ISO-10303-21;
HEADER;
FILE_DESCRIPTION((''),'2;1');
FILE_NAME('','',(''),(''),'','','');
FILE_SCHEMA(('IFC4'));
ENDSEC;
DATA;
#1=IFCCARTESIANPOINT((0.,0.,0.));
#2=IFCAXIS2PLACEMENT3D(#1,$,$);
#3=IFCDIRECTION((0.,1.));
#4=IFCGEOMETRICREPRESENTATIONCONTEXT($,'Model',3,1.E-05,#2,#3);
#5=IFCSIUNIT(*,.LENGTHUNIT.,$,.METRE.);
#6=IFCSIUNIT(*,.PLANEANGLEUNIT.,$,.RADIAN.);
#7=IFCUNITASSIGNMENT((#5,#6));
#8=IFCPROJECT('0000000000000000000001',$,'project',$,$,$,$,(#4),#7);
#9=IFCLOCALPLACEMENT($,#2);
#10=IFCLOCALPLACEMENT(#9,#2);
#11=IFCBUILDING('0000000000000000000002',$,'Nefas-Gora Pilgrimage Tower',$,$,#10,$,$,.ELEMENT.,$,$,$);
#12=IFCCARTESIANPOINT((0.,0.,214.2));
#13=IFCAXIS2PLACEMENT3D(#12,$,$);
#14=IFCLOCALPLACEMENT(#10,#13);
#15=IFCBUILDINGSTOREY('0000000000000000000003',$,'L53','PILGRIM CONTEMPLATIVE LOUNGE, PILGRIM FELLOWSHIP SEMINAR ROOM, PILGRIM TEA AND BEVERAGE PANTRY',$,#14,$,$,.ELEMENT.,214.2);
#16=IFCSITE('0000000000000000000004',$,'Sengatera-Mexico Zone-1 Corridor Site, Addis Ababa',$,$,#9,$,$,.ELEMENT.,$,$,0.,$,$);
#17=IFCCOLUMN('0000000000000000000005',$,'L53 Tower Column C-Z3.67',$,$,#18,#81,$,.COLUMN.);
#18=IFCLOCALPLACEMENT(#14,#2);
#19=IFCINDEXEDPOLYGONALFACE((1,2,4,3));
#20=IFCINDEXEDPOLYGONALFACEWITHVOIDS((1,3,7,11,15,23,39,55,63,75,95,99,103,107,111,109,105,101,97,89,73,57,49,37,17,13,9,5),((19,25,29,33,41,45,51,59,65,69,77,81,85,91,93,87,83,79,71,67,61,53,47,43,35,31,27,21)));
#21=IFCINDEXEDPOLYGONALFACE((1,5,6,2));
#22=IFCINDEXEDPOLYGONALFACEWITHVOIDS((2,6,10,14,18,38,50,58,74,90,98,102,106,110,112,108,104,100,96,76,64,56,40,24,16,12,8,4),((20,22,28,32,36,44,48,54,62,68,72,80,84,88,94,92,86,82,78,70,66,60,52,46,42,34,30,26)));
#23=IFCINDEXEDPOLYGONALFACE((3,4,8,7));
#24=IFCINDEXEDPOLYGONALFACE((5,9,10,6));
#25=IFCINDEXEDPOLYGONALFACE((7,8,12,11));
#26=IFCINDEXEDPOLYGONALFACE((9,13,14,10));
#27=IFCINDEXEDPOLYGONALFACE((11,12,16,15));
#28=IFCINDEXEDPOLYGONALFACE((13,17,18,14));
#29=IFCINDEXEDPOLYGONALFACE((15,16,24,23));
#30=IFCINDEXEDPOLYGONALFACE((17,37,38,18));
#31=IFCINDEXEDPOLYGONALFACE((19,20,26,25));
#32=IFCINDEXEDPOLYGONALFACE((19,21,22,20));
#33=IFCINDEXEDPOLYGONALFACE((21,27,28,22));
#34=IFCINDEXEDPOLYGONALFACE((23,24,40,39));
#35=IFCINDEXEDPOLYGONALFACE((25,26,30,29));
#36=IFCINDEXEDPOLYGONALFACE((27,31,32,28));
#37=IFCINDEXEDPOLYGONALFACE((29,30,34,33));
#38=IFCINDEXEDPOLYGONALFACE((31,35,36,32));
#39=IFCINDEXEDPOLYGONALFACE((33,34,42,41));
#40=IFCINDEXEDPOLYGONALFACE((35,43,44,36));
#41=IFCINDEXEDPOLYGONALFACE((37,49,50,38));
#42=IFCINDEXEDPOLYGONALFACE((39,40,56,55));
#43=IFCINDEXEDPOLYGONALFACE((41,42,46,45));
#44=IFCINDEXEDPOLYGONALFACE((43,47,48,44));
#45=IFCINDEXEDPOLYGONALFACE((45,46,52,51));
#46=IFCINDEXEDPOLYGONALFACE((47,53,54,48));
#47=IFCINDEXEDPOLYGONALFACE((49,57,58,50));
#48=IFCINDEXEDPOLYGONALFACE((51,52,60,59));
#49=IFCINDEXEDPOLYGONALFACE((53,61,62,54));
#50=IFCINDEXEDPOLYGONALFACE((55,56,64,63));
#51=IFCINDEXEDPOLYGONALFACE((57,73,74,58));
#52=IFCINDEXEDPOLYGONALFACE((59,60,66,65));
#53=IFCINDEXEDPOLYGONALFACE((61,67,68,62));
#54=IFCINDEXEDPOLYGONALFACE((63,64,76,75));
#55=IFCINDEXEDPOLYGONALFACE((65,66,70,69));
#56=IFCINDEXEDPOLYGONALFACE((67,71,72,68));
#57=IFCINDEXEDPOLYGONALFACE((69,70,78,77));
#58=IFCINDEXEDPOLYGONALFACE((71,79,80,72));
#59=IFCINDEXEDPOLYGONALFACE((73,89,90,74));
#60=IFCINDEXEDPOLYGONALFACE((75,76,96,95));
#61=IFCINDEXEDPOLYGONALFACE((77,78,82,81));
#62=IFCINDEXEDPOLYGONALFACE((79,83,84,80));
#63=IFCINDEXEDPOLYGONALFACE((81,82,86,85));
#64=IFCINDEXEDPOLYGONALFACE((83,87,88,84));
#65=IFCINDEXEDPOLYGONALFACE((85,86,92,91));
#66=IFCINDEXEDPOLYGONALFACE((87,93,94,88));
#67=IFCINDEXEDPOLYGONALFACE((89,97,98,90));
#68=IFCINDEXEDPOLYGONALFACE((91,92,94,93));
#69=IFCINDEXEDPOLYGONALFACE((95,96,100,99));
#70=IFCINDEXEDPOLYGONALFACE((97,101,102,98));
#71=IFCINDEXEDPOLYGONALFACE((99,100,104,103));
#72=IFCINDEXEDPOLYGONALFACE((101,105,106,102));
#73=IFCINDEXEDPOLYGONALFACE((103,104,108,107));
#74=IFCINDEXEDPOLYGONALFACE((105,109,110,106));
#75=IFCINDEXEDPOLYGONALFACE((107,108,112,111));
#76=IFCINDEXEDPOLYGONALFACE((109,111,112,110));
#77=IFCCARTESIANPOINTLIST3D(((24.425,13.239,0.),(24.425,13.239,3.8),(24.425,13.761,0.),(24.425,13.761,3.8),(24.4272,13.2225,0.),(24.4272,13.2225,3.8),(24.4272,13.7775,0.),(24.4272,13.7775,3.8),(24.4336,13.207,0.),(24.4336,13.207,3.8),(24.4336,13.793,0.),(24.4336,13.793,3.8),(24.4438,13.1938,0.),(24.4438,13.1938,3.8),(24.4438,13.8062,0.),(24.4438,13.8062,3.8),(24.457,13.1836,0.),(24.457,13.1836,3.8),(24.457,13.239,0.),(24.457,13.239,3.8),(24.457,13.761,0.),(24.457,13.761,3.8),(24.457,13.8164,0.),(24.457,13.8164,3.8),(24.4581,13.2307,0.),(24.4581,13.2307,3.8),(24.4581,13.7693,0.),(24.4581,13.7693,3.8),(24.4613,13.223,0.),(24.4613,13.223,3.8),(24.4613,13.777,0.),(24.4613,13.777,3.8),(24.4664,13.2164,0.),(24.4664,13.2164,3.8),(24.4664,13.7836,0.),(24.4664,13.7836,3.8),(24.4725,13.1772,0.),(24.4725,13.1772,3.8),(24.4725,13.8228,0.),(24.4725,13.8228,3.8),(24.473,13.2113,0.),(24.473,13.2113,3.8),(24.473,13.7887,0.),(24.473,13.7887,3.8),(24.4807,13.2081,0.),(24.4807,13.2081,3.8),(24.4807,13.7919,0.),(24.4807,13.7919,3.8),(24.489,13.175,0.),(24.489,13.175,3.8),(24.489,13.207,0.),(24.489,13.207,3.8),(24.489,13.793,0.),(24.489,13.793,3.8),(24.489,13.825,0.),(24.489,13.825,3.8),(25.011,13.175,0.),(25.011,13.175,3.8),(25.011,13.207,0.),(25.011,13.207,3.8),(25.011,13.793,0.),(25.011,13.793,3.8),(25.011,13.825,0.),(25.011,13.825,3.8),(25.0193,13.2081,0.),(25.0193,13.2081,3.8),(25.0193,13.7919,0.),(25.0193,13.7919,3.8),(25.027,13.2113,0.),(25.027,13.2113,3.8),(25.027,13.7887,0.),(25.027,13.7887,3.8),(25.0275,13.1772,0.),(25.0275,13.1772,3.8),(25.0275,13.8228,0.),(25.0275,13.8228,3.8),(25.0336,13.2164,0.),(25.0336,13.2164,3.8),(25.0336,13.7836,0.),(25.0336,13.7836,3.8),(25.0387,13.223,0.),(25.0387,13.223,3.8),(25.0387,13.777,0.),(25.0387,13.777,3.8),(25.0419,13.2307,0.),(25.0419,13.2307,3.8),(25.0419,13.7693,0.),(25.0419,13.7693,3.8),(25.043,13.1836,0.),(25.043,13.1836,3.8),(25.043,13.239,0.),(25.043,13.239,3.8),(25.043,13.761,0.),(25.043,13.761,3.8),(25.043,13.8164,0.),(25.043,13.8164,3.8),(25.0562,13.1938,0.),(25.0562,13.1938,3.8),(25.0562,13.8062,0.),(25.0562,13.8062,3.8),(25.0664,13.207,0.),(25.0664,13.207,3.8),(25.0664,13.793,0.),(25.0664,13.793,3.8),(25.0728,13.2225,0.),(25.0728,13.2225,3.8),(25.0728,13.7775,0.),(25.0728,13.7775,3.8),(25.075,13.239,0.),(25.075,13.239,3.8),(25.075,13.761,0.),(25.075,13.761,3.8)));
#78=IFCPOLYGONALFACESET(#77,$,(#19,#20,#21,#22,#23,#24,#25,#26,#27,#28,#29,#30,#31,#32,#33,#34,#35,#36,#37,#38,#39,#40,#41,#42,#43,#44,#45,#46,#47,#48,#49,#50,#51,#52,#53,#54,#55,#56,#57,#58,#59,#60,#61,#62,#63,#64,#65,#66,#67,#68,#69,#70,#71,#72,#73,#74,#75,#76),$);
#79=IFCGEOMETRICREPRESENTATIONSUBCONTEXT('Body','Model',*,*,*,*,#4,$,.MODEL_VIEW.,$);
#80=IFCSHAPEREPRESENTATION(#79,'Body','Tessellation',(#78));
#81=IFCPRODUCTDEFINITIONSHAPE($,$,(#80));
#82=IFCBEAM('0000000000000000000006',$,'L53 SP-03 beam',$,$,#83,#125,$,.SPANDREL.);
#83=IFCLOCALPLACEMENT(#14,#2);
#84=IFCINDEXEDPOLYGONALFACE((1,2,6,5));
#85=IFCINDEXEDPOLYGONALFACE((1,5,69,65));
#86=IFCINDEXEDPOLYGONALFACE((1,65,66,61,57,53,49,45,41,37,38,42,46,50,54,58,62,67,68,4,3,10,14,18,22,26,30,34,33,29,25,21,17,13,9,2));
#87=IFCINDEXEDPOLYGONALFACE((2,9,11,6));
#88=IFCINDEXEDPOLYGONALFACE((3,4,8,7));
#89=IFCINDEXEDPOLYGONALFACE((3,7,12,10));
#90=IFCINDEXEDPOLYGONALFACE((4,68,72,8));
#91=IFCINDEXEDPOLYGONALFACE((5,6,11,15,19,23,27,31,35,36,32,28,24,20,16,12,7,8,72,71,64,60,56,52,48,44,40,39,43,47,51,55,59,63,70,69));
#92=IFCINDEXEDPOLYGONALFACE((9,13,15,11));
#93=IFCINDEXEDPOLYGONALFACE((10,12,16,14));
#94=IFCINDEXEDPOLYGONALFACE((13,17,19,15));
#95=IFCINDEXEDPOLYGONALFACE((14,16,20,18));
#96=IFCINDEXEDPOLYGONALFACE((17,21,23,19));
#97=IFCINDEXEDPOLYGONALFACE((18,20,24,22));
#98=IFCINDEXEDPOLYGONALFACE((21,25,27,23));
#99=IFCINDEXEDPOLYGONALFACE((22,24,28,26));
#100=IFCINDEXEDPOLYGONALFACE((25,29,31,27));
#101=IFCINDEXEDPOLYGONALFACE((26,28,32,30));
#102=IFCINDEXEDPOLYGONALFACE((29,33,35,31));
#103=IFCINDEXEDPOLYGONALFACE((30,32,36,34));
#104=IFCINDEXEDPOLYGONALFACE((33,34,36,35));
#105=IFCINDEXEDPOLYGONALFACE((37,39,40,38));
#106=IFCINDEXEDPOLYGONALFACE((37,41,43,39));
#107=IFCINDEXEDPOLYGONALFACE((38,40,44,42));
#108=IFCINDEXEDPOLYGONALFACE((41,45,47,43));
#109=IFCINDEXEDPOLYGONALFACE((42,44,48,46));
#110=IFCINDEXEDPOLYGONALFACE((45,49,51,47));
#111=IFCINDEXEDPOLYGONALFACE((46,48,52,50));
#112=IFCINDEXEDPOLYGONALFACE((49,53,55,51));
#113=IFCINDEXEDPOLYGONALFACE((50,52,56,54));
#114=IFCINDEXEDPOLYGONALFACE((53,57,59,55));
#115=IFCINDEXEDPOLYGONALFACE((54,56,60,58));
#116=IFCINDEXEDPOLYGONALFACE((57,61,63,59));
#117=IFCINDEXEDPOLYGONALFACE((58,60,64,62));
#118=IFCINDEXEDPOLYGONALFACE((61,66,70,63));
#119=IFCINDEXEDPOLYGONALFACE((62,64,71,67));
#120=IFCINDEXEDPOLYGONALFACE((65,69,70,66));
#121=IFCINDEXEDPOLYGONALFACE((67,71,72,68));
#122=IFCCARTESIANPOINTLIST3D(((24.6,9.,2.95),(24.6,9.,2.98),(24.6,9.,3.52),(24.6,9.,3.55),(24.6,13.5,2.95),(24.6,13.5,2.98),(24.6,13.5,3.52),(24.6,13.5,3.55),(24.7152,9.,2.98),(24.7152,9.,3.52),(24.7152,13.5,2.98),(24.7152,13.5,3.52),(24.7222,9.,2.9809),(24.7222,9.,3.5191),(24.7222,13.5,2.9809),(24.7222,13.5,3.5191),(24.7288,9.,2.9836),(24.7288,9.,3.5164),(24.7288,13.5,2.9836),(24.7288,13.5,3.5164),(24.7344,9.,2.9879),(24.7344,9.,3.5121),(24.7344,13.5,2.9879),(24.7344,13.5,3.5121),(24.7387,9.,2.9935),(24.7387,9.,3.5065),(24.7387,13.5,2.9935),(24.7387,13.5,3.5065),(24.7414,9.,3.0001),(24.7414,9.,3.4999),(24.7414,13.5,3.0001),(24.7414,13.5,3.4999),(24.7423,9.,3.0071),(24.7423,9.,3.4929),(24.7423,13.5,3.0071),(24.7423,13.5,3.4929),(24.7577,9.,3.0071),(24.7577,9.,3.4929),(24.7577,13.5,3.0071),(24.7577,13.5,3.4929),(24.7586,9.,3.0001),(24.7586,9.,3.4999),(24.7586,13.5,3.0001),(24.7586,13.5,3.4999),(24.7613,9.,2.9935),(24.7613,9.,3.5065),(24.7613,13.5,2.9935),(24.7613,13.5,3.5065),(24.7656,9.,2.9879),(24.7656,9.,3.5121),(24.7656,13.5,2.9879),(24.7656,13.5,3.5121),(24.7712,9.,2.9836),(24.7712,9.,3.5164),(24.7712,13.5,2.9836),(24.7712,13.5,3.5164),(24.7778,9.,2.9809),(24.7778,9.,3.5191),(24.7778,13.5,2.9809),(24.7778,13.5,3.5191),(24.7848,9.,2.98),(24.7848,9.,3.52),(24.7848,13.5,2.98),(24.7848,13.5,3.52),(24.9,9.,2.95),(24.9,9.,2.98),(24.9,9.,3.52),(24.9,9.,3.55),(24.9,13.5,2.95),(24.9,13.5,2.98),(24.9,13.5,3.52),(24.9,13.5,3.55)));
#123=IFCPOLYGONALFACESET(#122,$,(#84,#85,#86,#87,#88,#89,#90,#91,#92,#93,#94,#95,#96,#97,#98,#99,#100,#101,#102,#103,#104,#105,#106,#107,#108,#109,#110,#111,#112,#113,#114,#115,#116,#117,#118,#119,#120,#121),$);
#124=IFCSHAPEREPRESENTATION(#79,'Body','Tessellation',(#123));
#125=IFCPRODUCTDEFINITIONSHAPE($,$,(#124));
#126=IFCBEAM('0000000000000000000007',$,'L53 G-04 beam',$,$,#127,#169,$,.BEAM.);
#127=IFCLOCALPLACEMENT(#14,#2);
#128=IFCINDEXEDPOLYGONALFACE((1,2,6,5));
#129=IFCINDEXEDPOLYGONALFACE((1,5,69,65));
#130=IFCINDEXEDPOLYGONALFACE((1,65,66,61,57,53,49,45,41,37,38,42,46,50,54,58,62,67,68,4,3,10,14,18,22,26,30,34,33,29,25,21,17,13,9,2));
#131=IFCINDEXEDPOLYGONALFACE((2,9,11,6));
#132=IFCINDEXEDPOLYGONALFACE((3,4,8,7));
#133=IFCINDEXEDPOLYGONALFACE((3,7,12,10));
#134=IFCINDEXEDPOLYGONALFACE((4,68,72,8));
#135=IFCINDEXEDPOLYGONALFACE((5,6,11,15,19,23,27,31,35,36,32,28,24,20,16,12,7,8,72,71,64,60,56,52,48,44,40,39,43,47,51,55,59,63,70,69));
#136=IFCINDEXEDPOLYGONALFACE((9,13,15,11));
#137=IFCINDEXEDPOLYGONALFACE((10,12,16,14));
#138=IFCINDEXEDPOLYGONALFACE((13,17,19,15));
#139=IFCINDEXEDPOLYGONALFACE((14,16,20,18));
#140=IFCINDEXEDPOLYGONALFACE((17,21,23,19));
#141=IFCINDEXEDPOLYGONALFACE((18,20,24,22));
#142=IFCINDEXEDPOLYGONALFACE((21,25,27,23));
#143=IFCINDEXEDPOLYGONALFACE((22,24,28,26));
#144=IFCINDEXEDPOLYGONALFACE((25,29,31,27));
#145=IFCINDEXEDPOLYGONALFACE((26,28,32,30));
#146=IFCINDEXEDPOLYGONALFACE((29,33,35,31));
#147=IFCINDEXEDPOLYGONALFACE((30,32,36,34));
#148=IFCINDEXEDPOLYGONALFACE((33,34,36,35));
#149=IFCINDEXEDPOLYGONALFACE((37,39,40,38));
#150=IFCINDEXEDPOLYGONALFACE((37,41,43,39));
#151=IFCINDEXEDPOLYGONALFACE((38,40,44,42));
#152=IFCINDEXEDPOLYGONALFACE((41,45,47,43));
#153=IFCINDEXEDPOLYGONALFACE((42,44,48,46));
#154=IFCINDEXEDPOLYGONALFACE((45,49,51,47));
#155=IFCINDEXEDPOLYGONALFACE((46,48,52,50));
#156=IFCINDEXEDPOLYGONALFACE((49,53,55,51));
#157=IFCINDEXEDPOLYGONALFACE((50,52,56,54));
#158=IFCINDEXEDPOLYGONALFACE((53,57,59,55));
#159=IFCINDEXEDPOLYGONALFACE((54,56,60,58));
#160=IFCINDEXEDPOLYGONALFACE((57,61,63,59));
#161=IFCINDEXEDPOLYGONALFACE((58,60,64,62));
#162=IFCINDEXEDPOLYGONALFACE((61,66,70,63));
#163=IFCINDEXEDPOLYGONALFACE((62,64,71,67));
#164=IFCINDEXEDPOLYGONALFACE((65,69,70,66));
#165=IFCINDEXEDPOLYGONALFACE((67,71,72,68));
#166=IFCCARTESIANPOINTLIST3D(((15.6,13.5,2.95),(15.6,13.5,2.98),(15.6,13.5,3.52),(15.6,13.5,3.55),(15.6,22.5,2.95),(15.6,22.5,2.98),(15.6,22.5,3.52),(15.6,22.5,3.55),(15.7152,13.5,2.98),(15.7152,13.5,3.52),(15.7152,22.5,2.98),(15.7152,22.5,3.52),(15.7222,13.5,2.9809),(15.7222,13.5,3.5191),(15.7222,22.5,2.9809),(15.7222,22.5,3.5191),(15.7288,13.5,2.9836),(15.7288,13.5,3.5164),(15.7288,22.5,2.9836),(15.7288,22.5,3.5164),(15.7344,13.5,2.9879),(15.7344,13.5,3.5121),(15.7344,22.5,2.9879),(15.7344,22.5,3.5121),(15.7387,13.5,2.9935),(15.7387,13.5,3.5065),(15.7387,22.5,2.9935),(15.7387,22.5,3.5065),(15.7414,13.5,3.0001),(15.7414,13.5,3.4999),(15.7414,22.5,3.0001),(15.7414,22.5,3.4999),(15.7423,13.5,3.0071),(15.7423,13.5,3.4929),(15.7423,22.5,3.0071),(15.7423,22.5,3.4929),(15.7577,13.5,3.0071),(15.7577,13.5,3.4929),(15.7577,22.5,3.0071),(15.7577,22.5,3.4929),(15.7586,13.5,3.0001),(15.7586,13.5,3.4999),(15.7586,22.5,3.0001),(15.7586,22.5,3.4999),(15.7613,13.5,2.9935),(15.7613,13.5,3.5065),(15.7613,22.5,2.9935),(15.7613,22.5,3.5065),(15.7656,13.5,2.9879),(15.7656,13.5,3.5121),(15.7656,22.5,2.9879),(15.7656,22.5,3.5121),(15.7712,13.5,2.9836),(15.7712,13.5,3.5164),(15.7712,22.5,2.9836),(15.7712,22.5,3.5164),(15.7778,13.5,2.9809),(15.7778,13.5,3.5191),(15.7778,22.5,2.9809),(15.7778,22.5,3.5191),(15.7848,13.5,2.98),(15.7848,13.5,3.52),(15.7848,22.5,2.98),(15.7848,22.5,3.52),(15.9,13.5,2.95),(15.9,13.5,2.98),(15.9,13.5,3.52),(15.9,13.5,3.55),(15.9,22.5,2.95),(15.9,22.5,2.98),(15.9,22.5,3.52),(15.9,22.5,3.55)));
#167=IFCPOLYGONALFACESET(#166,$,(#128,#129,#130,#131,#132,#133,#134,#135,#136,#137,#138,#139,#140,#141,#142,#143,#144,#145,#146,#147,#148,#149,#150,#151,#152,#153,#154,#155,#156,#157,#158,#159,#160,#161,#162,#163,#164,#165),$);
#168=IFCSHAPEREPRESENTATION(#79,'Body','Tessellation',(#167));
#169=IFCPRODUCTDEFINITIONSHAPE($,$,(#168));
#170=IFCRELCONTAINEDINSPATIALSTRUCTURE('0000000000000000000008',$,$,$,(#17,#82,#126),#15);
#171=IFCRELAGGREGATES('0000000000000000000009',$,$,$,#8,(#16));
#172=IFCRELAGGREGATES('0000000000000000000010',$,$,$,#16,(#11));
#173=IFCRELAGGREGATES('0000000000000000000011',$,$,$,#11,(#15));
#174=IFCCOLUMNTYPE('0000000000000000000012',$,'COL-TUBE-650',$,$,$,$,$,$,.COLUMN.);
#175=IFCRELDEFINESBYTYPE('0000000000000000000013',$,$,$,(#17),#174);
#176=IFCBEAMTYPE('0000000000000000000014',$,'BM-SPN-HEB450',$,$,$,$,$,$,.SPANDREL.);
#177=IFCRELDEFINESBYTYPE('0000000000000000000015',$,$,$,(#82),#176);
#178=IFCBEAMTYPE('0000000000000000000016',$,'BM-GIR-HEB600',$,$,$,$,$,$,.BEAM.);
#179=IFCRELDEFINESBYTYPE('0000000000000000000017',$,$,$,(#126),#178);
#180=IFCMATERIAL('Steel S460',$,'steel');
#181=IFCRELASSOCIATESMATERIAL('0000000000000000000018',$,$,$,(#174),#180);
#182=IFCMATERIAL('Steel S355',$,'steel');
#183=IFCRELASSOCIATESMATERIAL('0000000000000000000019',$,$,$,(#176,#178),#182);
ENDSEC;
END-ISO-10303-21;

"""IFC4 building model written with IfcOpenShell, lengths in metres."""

from ifc_helpers import new_model, si_unit, direction, frame, origin, origin_2d, place, context, subcontext, project, spatial, hollow_rectangle, i_section, extrude, source, transform, mapped, material, material_profile, profile_set, type_object, element, save


model = new_model("IFC4")

# Units and contexts
model_context = context("Model", 3, precision=1e-05, world=origin(), true_north=direction((0.0, 1.0)))
body_context = subcontext(model_context, "Body", "Model", "MODEL_VIEW")
ifc_project = project(units=[si_unit("LENGTHUNIT", "METRE"), si_unit("PLANEANGLEUNIT", "RADIAN")], contexts=[model_context])

# Site, building, storey
site_placement = place(None, origin())
site = spatial("IfcSite", under=ifc_project, at=site_placement, Name="Sengatera-Mexico Zone-1 Corridor Site, Addis Ababa", CompositionType="ELEMENT", RefElevation=0.0)
building_placement = place(site_placement, origin())
building = spatial("IfcBuilding", under=site, at=building_placement, Name="Nefas-Gora Pilgrimage Tower", CompositionType="ELEMENT")
storey_placement = place(building_placement, frame((0.0, 0.0, 214.2)))
storey = spatial("IfcBuildingStorey", under=building, at=storey_placement, Name="L53", Description="PILGRIM CONTEMPLATIVE LOUNGE, PILGRIM FELLOWSHIP SEMINAR ROOM, PILGRIM TEA AND BEVERAGE PANTRY", CompositionType="ELEMENT", Elevation=214.2)

# Column
ifc_material_1 = material(Name="Steel S460", Category="steel")
ifc_material_profile_1 = material_profile(ifc_material_1, hollow_rectangle(XDim=0.6499, YDim=0.6499, WallThickness=0.032, InnerFilletRadius=0.032, OuterFilletRadius=0.064, at=origin_2d()), Name="BOX 650x650x32")
ifc_profile_set_1 = profile_set([ifc_material_profile_1], Name="Steel S460")
column_type_1 = type_object("IfcColumnType", Name="COL-TUBE-650", PredefinedType="COLUMN", material=ifc_profile_set_1)
shared_shape_1 = source(origin(), body_context, "Body", "SweptSolid", [
    extrude(hollow_rectangle(XDim=0.6499, YDim=0.6499, WallThickness=0.032, InnerFilletRadius=0.032, OuterFilletRadius=0.064, at=origin_2d()), origin(), (0.0, 0.0, 1.0), 3.8),
])
for number, where, z_axis, x_axis, name in (
    (1, (24.75, 13.5, 0.0), (0.0, 0.0, 1.0), (1.0, 0.0, 0.0), "L53 Tower Column C-Z3.67"),
):
    element("IfcColumn", number, at=place(storey_placement, frame(where, z_axis=z_axis, x_axis=x_axis)), inside=storey, type_object=column_type_1, Name=name, PredefinedType="COLUMN", context=body_context, shape_type="MappedRepresentation", body=[
        mapped(shared_shape_1, transform((0.0, 0.0, 0.0), x_axis=(1.0, 0.0, 0.0), y_axis=(0.0, 1.0, 0.0), z_axis=(0.0, 0.0, 1.0), scale=1.0)),
    ])

# Beams
ifc_material_2 = material(Name="Steel S355", Category="steel")
ifc_material_profile_2 = material_profile(ifc_material_2, i_section(OverallWidth=0.3, OverallDepth=0.6001, WebThickness=0.0154, FlangeThickness=0.03, FilletRadius=0.0271, at=origin_2d()), Name="HEB 600")
ifc_profile_set_2 = profile_set([ifc_material_profile_2], Name="Steel S355")
beam_type_1 = type_object("IfcBeamType", Name="BM-SPN-HEB450", PredefinedType="SPANDREL", material=ifc_profile_set_2)
shared_shape_2 = source(origin(), body_context, "Body", "SweptSolid", [
    extrude(i_section(OverallWidth=0.3, OverallDepth=0.6001, WebThickness=0.0154, FlangeThickness=0.03, FilletRadius=0.0271, at=origin_2d()), origin(), (0.0, 0.0, 1.0), 4.5),
])
beam_1_placement = place(storey_placement, frame((24.75, 9.0, 3.25), z_axis=(0.0, 1.0, 0.0), x_axis=(-1.0, 0.0, 0.0)))
element("IfcBeam", 2, at=beam_1_placement, inside=storey, type_object=beam_type_1, Name="L53 SP-03 beam", PredefinedType="SPANDREL", context=body_context, shape_type="MappedRepresentation", body=[
    mapped(shared_shape_2, transform((0.0, 0.0, 0.0), x_axis=(1.0, 0.0, 0.0), y_axis=(0.0, 1.0, 0.0), z_axis=(0.0, 0.0, 1.0), scale=1.0)),
])
ifc_material_profile_3 = material_profile(ifc_material_2, i_section(OverallWidth=0.3, OverallDepth=0.6001, WebThickness=0.0154, FlangeThickness=0.03, FilletRadius=0.0271, at=origin_2d()), Name="HEB 600")
ifc_profile_set_3 = profile_set([ifc_material_profile_3], Name="Steel S355")
beam_type_2 = type_object("IfcBeamType", Name="BM-GIR-HEB600", PredefinedType="BEAM", material=ifc_profile_set_3)
shared_shape_3 = source(origin(), body_context, "Body", "SweptSolid", [
    extrude(i_section(OverallWidth=0.3, OverallDepth=0.6001, WebThickness=0.0154, FlangeThickness=0.03, FilletRadius=0.0271, at=origin_2d()), origin(), (0.0, 0.0, 1.0), 9.0),
])
beam_2_placement = place(storey_placement, frame((15.75, 13.5, 3.25), z_axis=(0.0, 1.0, 0.0), x_axis=(-1.0, 0.0, 0.0)))
element("IfcBeam", 3, at=beam_2_placement, inside=storey, type_object=beam_type_2, Name="L53 G-04 beam", PredefinedType="BEAM", context=body_context, shape_type="MappedRepresentation", body=[
    mapped(shared_shape_3, transform((0.0, 0.0, 0.0), x_axis=(1.0, 0.0, 0.0), y_axis=(0.0, 1.0, 0.0), z_axis=(0.0, 0.0, 1.0), scale=1.0)),
])

save(model, "model.ifc")
